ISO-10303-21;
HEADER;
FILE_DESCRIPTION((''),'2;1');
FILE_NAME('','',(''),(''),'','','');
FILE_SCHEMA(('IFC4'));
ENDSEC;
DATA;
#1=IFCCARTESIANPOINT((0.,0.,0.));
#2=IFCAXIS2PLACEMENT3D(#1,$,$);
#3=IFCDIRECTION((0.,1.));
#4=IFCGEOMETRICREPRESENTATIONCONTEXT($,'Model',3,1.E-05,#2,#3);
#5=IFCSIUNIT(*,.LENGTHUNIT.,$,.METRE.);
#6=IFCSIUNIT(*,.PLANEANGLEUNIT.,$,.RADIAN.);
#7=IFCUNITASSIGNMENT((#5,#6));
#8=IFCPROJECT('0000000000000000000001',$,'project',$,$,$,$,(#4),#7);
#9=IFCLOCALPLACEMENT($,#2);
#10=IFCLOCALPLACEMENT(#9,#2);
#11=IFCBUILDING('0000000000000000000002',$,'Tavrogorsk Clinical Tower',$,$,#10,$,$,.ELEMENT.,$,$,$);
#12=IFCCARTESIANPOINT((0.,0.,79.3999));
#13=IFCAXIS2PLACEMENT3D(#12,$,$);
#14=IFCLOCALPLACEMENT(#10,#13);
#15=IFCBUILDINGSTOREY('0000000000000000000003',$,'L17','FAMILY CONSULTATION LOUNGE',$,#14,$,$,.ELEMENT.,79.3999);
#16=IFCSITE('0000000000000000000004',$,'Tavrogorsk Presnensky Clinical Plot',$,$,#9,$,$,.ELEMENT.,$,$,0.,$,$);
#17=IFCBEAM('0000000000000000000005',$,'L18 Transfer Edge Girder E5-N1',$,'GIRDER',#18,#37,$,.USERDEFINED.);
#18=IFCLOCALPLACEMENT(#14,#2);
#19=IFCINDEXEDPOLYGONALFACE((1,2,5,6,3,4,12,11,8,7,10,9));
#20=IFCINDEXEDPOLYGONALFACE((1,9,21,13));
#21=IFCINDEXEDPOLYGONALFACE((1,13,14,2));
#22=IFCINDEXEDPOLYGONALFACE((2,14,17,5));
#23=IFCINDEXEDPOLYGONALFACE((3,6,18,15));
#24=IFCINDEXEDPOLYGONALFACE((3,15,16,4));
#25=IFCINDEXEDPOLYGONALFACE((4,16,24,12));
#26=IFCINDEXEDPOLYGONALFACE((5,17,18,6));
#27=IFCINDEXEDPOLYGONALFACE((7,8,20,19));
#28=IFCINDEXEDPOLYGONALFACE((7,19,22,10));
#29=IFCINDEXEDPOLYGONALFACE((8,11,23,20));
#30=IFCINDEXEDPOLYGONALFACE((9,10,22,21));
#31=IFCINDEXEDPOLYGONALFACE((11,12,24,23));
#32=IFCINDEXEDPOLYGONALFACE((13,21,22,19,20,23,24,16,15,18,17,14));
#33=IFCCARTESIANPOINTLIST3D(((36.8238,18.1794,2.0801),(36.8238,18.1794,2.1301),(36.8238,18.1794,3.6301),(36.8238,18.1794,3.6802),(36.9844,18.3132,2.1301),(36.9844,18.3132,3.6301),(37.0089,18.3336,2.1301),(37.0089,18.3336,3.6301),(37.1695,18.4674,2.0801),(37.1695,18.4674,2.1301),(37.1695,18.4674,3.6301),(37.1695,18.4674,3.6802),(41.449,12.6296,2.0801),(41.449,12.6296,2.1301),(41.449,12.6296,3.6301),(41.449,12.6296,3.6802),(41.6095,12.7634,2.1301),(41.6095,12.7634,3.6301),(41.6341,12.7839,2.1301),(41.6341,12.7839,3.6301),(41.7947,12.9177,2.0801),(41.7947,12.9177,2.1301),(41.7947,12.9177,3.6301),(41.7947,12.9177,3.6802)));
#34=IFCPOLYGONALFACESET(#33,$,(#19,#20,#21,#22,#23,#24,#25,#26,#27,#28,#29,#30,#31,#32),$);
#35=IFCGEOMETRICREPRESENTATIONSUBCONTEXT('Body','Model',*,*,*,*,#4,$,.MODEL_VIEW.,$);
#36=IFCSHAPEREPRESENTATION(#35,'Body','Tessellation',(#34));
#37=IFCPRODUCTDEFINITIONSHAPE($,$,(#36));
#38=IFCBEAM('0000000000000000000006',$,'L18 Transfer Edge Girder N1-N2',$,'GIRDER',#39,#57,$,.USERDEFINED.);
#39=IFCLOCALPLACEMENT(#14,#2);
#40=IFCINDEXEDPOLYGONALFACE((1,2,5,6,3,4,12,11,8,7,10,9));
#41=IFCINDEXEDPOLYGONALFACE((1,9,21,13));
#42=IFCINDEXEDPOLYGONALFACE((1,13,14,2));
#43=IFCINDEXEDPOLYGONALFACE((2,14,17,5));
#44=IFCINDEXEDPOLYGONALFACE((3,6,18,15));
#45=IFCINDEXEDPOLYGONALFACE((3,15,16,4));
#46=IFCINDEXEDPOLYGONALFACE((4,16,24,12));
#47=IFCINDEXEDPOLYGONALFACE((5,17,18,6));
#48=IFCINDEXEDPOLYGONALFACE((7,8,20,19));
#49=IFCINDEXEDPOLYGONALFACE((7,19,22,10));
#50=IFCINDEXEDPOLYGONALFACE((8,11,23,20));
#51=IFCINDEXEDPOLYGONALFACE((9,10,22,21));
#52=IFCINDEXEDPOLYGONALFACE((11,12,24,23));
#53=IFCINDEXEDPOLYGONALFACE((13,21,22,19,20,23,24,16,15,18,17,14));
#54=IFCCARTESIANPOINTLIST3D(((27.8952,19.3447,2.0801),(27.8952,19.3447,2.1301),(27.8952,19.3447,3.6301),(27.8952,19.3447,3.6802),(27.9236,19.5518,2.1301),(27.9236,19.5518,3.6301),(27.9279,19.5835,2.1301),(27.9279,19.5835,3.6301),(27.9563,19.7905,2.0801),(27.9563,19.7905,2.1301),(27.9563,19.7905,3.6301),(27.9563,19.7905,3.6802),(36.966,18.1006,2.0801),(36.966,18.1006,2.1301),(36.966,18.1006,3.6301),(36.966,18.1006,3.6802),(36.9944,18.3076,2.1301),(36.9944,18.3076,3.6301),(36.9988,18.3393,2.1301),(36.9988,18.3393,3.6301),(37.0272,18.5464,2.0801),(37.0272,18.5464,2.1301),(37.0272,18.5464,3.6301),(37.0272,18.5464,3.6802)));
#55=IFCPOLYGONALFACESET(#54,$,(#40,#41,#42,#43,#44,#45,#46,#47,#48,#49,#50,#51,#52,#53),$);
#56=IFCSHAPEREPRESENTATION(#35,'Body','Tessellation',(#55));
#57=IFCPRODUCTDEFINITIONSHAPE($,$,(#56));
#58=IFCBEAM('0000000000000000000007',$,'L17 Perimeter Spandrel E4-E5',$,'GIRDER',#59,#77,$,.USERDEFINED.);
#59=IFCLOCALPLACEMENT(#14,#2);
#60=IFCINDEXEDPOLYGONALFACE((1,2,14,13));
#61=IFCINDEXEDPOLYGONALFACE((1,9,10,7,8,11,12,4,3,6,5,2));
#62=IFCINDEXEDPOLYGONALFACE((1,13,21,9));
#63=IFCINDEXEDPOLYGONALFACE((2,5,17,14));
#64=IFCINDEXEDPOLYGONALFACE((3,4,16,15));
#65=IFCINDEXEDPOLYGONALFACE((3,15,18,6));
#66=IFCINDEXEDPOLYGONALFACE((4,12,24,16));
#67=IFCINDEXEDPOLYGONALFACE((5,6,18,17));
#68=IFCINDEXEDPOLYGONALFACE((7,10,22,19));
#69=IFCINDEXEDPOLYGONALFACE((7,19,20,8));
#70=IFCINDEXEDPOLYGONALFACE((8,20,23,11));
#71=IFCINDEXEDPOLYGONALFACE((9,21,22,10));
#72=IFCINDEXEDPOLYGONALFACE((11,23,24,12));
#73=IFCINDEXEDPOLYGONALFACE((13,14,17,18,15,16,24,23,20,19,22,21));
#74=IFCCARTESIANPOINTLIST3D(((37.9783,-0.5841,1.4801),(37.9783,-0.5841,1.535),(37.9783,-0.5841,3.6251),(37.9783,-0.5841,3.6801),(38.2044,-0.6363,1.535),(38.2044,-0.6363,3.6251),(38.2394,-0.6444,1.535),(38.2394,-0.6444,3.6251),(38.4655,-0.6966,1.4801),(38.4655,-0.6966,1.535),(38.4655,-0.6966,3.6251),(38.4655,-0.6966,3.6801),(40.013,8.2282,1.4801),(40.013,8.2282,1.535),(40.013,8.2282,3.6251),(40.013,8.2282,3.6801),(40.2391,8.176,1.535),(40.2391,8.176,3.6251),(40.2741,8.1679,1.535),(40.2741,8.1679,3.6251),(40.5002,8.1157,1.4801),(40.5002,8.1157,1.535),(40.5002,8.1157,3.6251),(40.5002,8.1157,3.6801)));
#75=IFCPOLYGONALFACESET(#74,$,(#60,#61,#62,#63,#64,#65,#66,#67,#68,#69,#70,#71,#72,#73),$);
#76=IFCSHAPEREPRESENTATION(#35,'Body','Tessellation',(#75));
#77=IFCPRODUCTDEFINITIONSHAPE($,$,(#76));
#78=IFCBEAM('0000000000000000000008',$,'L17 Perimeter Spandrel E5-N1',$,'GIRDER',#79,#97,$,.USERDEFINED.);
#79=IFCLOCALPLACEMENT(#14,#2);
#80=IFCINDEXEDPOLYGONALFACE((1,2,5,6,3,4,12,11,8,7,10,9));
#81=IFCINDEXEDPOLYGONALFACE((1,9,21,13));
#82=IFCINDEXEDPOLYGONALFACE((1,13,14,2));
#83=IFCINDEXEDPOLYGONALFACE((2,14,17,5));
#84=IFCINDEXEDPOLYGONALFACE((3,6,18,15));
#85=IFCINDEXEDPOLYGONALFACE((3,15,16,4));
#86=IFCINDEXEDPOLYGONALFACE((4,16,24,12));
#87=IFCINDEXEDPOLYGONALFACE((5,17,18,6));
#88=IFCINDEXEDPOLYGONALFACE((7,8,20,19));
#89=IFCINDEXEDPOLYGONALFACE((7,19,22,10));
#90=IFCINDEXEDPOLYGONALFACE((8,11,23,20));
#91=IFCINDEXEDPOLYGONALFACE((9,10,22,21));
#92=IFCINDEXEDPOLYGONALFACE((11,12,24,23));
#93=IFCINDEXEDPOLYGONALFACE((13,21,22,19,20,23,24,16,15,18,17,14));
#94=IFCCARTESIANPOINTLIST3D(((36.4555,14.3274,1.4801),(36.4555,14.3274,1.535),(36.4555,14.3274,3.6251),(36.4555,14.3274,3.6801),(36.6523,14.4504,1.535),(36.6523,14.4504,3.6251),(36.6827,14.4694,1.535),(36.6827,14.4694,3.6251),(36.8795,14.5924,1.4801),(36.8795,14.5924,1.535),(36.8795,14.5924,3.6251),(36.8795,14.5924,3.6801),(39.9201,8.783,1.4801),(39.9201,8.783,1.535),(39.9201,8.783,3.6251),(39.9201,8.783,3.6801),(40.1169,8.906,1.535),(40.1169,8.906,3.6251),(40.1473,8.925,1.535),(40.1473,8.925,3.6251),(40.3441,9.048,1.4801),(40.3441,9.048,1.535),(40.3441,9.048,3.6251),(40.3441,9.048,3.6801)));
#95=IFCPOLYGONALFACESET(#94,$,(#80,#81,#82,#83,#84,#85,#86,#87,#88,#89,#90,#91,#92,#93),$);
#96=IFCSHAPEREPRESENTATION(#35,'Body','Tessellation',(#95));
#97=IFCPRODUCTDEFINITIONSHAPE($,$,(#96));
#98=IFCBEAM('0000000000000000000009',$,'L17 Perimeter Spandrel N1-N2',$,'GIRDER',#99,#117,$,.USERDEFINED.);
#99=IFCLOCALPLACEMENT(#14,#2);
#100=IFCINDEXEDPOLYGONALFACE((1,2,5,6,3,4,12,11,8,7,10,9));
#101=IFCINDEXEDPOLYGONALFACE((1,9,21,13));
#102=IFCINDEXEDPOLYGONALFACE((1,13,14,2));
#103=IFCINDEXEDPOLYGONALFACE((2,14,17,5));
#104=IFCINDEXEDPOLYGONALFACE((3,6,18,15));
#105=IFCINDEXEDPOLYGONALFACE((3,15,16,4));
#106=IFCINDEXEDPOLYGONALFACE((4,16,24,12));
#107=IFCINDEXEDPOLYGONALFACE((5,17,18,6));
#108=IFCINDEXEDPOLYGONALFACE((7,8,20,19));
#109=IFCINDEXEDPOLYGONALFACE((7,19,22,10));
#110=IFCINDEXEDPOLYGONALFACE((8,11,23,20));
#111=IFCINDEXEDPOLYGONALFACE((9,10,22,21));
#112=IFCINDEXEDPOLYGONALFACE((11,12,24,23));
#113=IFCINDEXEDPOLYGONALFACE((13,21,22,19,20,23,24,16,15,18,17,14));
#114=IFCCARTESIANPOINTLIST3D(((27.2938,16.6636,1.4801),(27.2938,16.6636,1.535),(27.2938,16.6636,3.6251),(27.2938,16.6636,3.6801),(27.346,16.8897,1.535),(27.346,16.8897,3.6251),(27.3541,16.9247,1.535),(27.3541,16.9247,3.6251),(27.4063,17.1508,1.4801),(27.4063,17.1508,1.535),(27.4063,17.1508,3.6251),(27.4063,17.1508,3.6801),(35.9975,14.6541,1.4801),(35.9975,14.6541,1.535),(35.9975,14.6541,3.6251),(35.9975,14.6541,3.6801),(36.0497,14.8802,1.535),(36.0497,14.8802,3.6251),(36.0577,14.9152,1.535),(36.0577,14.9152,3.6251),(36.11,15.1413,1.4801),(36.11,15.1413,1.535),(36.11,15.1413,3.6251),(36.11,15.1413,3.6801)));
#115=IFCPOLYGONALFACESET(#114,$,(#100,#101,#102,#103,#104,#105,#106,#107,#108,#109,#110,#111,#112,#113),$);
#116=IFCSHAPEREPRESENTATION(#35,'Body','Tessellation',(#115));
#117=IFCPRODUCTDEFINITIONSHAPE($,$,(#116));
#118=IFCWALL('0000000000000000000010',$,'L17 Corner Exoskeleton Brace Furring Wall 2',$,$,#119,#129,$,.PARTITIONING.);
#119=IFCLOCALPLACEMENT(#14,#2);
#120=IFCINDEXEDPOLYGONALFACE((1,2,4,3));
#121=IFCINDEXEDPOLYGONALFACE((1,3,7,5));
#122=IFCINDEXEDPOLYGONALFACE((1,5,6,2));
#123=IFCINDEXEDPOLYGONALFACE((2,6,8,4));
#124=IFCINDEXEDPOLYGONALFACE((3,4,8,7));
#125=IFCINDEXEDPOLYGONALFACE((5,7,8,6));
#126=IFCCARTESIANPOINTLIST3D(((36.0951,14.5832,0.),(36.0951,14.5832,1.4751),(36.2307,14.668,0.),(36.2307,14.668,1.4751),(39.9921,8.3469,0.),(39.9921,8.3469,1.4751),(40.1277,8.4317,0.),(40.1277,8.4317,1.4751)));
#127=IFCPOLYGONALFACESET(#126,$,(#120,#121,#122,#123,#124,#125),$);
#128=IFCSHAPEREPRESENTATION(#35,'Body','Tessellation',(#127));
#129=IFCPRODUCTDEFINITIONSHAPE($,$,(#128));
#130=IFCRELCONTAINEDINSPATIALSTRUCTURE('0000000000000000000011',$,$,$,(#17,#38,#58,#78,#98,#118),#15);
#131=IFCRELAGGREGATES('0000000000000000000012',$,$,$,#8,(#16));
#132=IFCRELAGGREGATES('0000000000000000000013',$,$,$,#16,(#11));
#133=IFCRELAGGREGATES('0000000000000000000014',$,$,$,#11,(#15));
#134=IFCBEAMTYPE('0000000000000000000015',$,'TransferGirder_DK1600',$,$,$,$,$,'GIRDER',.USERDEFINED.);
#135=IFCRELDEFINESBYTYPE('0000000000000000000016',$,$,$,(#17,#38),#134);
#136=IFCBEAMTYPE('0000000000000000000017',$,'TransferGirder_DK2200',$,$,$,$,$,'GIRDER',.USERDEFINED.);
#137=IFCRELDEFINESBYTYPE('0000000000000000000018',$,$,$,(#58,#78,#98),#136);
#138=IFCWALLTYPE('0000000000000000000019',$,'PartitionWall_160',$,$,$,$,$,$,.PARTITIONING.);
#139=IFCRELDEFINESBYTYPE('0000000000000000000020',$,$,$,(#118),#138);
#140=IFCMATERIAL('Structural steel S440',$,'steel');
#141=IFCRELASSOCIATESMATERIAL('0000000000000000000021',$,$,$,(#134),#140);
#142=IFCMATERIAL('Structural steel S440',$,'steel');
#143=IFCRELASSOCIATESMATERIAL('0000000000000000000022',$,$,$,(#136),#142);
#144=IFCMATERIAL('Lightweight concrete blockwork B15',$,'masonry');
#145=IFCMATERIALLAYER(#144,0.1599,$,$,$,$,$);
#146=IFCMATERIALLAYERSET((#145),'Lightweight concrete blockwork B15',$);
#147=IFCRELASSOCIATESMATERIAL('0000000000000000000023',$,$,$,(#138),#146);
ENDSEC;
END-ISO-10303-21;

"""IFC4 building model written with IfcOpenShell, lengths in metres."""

from ifc_helpers import new_model, si_unit, direction, frame, frame_2d, origin, origin_2d, place, context, subcontext, project, spatial, rectangle, i_section, extrude, material, layer, layer_set, material_profile, profile_set, type_object, element, save


model = new_model("IFC4")

# Units and contexts
model_context = context("Model", 3, precision=1e-05, world=origin(), true_north=direction((0.0, 1.0)))
body_context = subcontext(model_context, "Body", "Model", "MODEL_VIEW")
ifc_project = project(units=[si_unit("LENGTHUNIT", "METRE"), si_unit("PLANEANGLEUNIT", "RADIAN")], contexts=[model_context])

# Site, building, storey
site_placement = place(None, origin())
site = spatial("IfcSite", under=ifc_project, at=site_placement, Name="Tavrogorsk Presnensky Clinical Plot", CompositionType="ELEMENT", RefElevation=0.0)
building_placement = place(site_placement, origin())
building = spatial("IfcBuilding", under=site, at=building_placement, Name="Tavrogorsk Clinical Tower", CompositionType="ELEMENT")
storey_placement = place(building_placement, frame((0.0, 0.0, 79.3999)))
storey = spatial("IfcBuildingStorey", under=building, at=storey_placement, Name="L17", Description="FAMILY CONSULTATION LOUNGE", CompositionType="ELEMENT", Elevation=79.3999)

# Beams
ifc_material_1 = material(Name="Structural steel S440", Category="steel")
ifc_material_profile_1 = material_profile(ifc_material_1, i_section(OverallWidth=0.45, OverallDepth=1.6001, WebThickness=0.032, FlangeThickness=0.05, at=origin_2d()), Name="DK-1600x450x32x50")
ifc_profile_set_1 = profile_set([ifc_material_profile_1], Name="Structural steel S440")
beam_type_1 = type_object("IfcBeamType", Name="TransferGirder_DK1600", ElementType="GIRDER", PredefinedType="USERDEFINED", material=ifc_profile_set_1)
beam_1_placement = place(storey_placement, frame((41.6218, 12.7737, 2.8801), z_axis=(-0.640218, 0.768194, 0.0), x_axis=(-0.768194, -0.640218, 0.0)))
element("IfcBeam", 1, at=beam_1_placement, inside=storey, type_object=beam_type_1, Name="L18 Transfer Edge Girder E5-N1", ObjectType="GIRDER", PredefinedType="USERDEFINED", context=body_context, shape_type="SweptSolid", body=[
    extrude(i_section(OverallWidth=0.45, OverallDepth=1.6001, WebThickness=0.032, FlangeThickness=0.05, at=origin_2d()), origin(), (0.0, 0.0, 1.0), 7.2244),
])
beam_2_placement = place(storey_placement, frame((36.9966, 18.3235, 2.8801), z_axis=(-0.990724, 0.135887, 0.0), x_axis=(-0.135887, -0.990724, 0.0)))
element("IfcBeam", 2, at=beam_2_placement, inside=storey, type_object=beam_type_1, Name="L18 Transfer Edge Girder N1-N2", ObjectType="GIRDER", PredefinedType="USERDEFINED", context=body_context, shape_type="SweptSolid", body=[
    extrude(i_section(OverallWidth=0.45, OverallDepth=1.6001, WebThickness=0.032, FlangeThickness=0.05, at=origin_2d()), origin(), (0.0, 0.0, 1.0), 9.1558),
])
ifc_material_2 = material(Name="Structural steel S440", Category="steel")
ifc_material_profile_2 = material_profile(ifc_material_2, i_section(OverallWidth=0.5, OverallDepth=2.2, WebThickness=0.0359, FlangeThickness=0.0549, at=origin_2d()), Name="DK-2200x500x36x55")
ifc_profile_set_2 = profile_set([ifc_material_profile_2], Name="Structural steel S440")
beam_type_2 = type_object("IfcBeamType", Name="TransferGirder_DK2200", ElementType="GIRDER", PredefinedType="USERDEFINED", material=ifc_profile_set_2)
beam_3_placement = place(storey_placement, frame((38.2219, -0.6404, 2.5801), z_axis=(0.224972, 0.974365, 0.0), x_axis=(-0.974365, 0.224972, 0.0)))
element("IfcBeam", 3, at=beam_3_placement, inside=storey, type_object=beam_type_2, Name="L17 Perimeter Spandrel E4-E5", ObjectType="GIRDER", PredefinedType="USERDEFINED", context=body_context, shape_type="SweptSolid", body=[
    extrude(i_section(OverallWidth=0.5, OverallDepth=2.2, WebThickness=0.0359, FlangeThickness=0.0549, at=origin_2d()), origin(), (0.0, 0.0, 1.0), 9.0442),
])
beam_4_placement = place(storey_placement, frame((40.1321, 8.9155, 2.5801), z_axis=(-0.529925, 0.848044, 0.0), x_axis=(-0.848044, -0.529925, 0.0)))
element("IfcBeam", 4, at=beam_4_placement, inside=storey, type_object=beam_type_2, Name="L17 Perimeter Spandrel E5-N1", ObjectType="GIRDER", PredefinedType="USERDEFINED", context=body_context, shape_type="SweptSolid", body=[
    extrude(i_section(OverallWidth=0.5, OverallDepth=2.2, WebThickness=0.0359, FlangeThickness=0.0549, at=origin_2d()), origin(), (0.0, 0.0, 1.0), 6.5378),
])
beam_5_placement = place(storey_placement, frame((36.0537, 14.8977, 2.5801), z_axis=(-0.974367, 0.224965, 0.0), x_axis=(-0.224965, -0.974367, 0.0)))
element("IfcBeam", 5, at=beam_5_placement, inside=storey, type_object=beam_type_2, Name="L17 Perimeter Spandrel N1-N2", ObjectType="GIRDER", PredefinedType="USERDEFINED", context=body_context, shape_type="SweptSolid", body=[
    extrude(i_section(OverallWidth=0.5, OverallDepth=2.2, WebThickness=0.0359, FlangeThickness=0.0549, at=origin_2d()), origin(), (0.0, 0.0, 1.0), 8.9326),
])

# Wall
ifc_material_3 = material(Name="Lightweight concrete blockwork B15", Category="masonry")
ifc_layer_1 = layer(ifc_material_3, 0.1599)
ifc_layer_set_1 = layer_set([ifc_layer_1], Name="Lightweight concrete blockwork B15")
wall_type_1 = type_object("IfcWallType", Name="PartitionWall_160", PredefinedType="PARTITIONING", material=ifc_layer_set_1)
wall_1_placement = place(storey_placement, frame((40.0598, 8.3894, 0.0), z_axis=(0.0, 0.0, 1.0), x_axis=(-0.529927, 0.848043, 0.0)))
element("IfcWall", 6, at=wall_1_placement, inside=storey, type_object=wall_type_1, Name="L17 Corner Exoskeleton Brace Furring Wall 2", PredefinedType="PARTITIONING", context=body_context, shape_type="SweptSolid", body=[
    extrude(rectangle(XDim=7.3538, YDim=0.1599, at=frame_2d((3.6768, 0.0))), origin(), (0.0, 0.0, 1.0), 1.4751),
])

save(model, "model.ifc")
